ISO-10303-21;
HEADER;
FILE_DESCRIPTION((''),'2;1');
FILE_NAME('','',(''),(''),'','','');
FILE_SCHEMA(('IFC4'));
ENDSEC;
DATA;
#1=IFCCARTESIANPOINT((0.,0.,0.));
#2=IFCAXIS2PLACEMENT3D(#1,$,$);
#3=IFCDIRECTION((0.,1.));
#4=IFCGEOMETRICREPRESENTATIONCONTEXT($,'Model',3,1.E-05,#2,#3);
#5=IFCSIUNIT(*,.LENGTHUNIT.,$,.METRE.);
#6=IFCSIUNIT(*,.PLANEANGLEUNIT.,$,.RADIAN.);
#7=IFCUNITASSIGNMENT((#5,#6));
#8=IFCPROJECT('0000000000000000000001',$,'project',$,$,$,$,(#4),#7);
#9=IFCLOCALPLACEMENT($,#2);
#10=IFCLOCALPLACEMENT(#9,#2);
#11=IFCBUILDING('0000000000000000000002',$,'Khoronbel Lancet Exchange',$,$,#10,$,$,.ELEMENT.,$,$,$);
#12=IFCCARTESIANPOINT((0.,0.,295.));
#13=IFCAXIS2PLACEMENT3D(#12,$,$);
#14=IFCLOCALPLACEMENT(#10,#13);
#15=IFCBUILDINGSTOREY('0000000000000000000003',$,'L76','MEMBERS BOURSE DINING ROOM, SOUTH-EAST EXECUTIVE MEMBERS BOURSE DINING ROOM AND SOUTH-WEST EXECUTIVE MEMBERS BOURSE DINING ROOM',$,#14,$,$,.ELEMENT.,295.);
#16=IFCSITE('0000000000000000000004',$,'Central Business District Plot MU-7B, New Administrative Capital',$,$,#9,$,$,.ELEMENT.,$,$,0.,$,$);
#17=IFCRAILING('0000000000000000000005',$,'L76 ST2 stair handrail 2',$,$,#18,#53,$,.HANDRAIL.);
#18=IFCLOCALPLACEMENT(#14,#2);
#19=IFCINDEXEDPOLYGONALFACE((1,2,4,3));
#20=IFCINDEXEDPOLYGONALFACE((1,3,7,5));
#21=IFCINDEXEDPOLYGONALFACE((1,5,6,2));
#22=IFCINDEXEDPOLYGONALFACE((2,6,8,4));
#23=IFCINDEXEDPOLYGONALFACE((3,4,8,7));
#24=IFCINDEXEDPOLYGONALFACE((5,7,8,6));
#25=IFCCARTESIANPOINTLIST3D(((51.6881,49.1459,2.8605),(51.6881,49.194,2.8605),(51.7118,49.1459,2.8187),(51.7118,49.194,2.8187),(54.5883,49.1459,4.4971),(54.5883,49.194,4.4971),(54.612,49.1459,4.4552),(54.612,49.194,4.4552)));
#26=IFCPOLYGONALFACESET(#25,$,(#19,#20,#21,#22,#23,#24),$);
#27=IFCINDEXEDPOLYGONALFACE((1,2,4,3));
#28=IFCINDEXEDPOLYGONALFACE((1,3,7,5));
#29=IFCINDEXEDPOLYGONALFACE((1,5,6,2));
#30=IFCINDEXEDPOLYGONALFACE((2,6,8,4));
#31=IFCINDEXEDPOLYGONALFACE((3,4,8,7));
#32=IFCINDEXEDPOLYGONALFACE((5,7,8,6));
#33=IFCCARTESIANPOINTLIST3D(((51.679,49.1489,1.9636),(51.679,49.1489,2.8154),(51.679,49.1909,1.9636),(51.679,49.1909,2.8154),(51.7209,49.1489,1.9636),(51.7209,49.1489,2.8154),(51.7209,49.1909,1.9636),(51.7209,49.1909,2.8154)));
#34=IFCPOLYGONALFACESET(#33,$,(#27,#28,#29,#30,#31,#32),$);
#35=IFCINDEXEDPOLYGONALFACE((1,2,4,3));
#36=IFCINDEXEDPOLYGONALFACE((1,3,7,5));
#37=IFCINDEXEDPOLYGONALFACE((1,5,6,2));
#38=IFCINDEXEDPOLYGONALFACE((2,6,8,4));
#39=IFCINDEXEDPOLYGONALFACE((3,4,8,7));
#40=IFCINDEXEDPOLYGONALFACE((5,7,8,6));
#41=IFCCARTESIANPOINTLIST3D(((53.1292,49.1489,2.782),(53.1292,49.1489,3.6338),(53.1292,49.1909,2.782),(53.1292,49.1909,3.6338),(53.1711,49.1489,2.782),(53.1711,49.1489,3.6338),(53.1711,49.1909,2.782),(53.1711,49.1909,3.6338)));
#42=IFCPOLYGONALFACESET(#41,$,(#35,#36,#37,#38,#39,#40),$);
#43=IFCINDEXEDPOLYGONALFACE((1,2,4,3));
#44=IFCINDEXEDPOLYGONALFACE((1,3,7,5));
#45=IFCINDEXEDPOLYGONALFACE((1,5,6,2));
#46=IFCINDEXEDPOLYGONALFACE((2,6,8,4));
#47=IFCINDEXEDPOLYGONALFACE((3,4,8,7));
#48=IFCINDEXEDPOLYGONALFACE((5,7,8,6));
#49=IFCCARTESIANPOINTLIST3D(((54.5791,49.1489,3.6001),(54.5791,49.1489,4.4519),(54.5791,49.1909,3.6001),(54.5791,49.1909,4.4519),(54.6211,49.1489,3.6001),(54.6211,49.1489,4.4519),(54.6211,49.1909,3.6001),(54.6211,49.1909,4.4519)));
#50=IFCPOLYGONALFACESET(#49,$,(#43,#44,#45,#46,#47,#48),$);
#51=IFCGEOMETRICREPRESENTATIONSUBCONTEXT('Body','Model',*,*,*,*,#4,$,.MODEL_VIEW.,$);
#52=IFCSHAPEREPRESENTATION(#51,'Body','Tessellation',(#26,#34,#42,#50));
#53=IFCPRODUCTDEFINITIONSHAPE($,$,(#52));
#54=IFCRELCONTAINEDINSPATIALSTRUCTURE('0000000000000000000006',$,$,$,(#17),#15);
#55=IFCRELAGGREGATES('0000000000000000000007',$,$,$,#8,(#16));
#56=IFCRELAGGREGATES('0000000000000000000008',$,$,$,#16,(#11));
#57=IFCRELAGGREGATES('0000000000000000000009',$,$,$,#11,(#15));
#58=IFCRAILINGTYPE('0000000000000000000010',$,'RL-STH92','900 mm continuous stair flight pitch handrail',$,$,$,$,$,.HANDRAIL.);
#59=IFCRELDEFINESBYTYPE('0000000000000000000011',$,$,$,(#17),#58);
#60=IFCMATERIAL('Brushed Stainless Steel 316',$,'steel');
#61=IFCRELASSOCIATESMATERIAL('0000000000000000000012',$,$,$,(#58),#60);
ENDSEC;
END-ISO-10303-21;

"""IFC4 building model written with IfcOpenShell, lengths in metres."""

from ifc_helpers import new_model, si_unit, direction, frame, origin, origin_2d, place, context, subcontext, project, spatial, rectangle, extrude, material, type_object, element, save


model = new_model("IFC4")

# Units and contexts
model_context = context("Model", 3, precision=1e-05, world=origin(), true_north=direction((0.0, 1.0)))
body_context = subcontext(model_context, "Body", "Model", "MODEL_VIEW")
ifc_project = project(units=[si_unit("LENGTHUNIT", "METRE"), si_unit("PLANEANGLEUNIT", "RADIAN")], contexts=[model_context])

# Site, building, storey
site_placement = place(None, origin())
site = spatial("IfcSite", under=ifc_project, at=site_placement, Name="Central Business District Plot MU-7B, New Administrative Capital", CompositionType="ELEMENT", RefElevation=0.0)
building_placement = place(site_placement, origin())
building = spatial("IfcBuilding", under=site, at=building_placement, Name="Khoronbel Lancet Exchange", CompositionType="ELEMENT")
storey_placement = place(building_placement, frame((0.0, 0.0, 295.0)))
storey = spatial("IfcBuildingStorey", under=building, at=storey_placement, Name="L76", Description="MEMBERS BOURSE DINING ROOM, SOUTH-EAST EXECUTIVE MEMBERS BOURSE DINING ROOM AND SOUTH-WEST EXECUTIVE MEMBERS BOURSE DINING ROOM", CompositionType="ELEMENT", Elevation=295.0)

# Railing
ifc_material_1 = material(Name="Brushed Stainless Steel 316", Category="steel")
railing_type_1 = type_object("IfcRailingType", Name="RL-STH92", Description="900 mm continuous stair flight pitch handrail", PredefinedType="HANDRAIL", material=ifc_material_1)
railing_1_placement = place(storey_placement, frame((51.7, 49.1699, 1.9636)))
element("IfcRailing", 1, at=railing_1_placement, inside=storey, type_object=railing_type_1, Name="L76 ST2 stair handrail 2", PredefinedType="HANDRAIL", context=body_context, shape_type="SweptSolid", body=[
    extrude(rectangle(XDim=0.0481, YDim=0.0481, at=origin_2d()), frame((0.0, 0.0, 0.876), z_axis=(0.870915, 0.0, 0.491434), x_axis=(0.0, 1.0, 0.0)), (0.0, 0.0, 1.0), 3.3301),
    extrude(rectangle(XDim=0.042, YDim=0.042, at=origin_2d()), origin(), (0.0, 0.0, 1.0), 0.8518),
    extrude(rectangle(XDim=0.042, YDim=0.042, at=origin_2d()), frame((1.4502, 0.0, 0.8184)), (0.0, 0.0, 1.0), 0.8518),
    extrude(rectangle(XDim=0.042, YDim=0.042, at=origin_2d()), frame((2.9001, 0.0, 1.6365)), (0.0, 0.0, 1.0), 0.8518),
])

save(model, "model.ifc")
